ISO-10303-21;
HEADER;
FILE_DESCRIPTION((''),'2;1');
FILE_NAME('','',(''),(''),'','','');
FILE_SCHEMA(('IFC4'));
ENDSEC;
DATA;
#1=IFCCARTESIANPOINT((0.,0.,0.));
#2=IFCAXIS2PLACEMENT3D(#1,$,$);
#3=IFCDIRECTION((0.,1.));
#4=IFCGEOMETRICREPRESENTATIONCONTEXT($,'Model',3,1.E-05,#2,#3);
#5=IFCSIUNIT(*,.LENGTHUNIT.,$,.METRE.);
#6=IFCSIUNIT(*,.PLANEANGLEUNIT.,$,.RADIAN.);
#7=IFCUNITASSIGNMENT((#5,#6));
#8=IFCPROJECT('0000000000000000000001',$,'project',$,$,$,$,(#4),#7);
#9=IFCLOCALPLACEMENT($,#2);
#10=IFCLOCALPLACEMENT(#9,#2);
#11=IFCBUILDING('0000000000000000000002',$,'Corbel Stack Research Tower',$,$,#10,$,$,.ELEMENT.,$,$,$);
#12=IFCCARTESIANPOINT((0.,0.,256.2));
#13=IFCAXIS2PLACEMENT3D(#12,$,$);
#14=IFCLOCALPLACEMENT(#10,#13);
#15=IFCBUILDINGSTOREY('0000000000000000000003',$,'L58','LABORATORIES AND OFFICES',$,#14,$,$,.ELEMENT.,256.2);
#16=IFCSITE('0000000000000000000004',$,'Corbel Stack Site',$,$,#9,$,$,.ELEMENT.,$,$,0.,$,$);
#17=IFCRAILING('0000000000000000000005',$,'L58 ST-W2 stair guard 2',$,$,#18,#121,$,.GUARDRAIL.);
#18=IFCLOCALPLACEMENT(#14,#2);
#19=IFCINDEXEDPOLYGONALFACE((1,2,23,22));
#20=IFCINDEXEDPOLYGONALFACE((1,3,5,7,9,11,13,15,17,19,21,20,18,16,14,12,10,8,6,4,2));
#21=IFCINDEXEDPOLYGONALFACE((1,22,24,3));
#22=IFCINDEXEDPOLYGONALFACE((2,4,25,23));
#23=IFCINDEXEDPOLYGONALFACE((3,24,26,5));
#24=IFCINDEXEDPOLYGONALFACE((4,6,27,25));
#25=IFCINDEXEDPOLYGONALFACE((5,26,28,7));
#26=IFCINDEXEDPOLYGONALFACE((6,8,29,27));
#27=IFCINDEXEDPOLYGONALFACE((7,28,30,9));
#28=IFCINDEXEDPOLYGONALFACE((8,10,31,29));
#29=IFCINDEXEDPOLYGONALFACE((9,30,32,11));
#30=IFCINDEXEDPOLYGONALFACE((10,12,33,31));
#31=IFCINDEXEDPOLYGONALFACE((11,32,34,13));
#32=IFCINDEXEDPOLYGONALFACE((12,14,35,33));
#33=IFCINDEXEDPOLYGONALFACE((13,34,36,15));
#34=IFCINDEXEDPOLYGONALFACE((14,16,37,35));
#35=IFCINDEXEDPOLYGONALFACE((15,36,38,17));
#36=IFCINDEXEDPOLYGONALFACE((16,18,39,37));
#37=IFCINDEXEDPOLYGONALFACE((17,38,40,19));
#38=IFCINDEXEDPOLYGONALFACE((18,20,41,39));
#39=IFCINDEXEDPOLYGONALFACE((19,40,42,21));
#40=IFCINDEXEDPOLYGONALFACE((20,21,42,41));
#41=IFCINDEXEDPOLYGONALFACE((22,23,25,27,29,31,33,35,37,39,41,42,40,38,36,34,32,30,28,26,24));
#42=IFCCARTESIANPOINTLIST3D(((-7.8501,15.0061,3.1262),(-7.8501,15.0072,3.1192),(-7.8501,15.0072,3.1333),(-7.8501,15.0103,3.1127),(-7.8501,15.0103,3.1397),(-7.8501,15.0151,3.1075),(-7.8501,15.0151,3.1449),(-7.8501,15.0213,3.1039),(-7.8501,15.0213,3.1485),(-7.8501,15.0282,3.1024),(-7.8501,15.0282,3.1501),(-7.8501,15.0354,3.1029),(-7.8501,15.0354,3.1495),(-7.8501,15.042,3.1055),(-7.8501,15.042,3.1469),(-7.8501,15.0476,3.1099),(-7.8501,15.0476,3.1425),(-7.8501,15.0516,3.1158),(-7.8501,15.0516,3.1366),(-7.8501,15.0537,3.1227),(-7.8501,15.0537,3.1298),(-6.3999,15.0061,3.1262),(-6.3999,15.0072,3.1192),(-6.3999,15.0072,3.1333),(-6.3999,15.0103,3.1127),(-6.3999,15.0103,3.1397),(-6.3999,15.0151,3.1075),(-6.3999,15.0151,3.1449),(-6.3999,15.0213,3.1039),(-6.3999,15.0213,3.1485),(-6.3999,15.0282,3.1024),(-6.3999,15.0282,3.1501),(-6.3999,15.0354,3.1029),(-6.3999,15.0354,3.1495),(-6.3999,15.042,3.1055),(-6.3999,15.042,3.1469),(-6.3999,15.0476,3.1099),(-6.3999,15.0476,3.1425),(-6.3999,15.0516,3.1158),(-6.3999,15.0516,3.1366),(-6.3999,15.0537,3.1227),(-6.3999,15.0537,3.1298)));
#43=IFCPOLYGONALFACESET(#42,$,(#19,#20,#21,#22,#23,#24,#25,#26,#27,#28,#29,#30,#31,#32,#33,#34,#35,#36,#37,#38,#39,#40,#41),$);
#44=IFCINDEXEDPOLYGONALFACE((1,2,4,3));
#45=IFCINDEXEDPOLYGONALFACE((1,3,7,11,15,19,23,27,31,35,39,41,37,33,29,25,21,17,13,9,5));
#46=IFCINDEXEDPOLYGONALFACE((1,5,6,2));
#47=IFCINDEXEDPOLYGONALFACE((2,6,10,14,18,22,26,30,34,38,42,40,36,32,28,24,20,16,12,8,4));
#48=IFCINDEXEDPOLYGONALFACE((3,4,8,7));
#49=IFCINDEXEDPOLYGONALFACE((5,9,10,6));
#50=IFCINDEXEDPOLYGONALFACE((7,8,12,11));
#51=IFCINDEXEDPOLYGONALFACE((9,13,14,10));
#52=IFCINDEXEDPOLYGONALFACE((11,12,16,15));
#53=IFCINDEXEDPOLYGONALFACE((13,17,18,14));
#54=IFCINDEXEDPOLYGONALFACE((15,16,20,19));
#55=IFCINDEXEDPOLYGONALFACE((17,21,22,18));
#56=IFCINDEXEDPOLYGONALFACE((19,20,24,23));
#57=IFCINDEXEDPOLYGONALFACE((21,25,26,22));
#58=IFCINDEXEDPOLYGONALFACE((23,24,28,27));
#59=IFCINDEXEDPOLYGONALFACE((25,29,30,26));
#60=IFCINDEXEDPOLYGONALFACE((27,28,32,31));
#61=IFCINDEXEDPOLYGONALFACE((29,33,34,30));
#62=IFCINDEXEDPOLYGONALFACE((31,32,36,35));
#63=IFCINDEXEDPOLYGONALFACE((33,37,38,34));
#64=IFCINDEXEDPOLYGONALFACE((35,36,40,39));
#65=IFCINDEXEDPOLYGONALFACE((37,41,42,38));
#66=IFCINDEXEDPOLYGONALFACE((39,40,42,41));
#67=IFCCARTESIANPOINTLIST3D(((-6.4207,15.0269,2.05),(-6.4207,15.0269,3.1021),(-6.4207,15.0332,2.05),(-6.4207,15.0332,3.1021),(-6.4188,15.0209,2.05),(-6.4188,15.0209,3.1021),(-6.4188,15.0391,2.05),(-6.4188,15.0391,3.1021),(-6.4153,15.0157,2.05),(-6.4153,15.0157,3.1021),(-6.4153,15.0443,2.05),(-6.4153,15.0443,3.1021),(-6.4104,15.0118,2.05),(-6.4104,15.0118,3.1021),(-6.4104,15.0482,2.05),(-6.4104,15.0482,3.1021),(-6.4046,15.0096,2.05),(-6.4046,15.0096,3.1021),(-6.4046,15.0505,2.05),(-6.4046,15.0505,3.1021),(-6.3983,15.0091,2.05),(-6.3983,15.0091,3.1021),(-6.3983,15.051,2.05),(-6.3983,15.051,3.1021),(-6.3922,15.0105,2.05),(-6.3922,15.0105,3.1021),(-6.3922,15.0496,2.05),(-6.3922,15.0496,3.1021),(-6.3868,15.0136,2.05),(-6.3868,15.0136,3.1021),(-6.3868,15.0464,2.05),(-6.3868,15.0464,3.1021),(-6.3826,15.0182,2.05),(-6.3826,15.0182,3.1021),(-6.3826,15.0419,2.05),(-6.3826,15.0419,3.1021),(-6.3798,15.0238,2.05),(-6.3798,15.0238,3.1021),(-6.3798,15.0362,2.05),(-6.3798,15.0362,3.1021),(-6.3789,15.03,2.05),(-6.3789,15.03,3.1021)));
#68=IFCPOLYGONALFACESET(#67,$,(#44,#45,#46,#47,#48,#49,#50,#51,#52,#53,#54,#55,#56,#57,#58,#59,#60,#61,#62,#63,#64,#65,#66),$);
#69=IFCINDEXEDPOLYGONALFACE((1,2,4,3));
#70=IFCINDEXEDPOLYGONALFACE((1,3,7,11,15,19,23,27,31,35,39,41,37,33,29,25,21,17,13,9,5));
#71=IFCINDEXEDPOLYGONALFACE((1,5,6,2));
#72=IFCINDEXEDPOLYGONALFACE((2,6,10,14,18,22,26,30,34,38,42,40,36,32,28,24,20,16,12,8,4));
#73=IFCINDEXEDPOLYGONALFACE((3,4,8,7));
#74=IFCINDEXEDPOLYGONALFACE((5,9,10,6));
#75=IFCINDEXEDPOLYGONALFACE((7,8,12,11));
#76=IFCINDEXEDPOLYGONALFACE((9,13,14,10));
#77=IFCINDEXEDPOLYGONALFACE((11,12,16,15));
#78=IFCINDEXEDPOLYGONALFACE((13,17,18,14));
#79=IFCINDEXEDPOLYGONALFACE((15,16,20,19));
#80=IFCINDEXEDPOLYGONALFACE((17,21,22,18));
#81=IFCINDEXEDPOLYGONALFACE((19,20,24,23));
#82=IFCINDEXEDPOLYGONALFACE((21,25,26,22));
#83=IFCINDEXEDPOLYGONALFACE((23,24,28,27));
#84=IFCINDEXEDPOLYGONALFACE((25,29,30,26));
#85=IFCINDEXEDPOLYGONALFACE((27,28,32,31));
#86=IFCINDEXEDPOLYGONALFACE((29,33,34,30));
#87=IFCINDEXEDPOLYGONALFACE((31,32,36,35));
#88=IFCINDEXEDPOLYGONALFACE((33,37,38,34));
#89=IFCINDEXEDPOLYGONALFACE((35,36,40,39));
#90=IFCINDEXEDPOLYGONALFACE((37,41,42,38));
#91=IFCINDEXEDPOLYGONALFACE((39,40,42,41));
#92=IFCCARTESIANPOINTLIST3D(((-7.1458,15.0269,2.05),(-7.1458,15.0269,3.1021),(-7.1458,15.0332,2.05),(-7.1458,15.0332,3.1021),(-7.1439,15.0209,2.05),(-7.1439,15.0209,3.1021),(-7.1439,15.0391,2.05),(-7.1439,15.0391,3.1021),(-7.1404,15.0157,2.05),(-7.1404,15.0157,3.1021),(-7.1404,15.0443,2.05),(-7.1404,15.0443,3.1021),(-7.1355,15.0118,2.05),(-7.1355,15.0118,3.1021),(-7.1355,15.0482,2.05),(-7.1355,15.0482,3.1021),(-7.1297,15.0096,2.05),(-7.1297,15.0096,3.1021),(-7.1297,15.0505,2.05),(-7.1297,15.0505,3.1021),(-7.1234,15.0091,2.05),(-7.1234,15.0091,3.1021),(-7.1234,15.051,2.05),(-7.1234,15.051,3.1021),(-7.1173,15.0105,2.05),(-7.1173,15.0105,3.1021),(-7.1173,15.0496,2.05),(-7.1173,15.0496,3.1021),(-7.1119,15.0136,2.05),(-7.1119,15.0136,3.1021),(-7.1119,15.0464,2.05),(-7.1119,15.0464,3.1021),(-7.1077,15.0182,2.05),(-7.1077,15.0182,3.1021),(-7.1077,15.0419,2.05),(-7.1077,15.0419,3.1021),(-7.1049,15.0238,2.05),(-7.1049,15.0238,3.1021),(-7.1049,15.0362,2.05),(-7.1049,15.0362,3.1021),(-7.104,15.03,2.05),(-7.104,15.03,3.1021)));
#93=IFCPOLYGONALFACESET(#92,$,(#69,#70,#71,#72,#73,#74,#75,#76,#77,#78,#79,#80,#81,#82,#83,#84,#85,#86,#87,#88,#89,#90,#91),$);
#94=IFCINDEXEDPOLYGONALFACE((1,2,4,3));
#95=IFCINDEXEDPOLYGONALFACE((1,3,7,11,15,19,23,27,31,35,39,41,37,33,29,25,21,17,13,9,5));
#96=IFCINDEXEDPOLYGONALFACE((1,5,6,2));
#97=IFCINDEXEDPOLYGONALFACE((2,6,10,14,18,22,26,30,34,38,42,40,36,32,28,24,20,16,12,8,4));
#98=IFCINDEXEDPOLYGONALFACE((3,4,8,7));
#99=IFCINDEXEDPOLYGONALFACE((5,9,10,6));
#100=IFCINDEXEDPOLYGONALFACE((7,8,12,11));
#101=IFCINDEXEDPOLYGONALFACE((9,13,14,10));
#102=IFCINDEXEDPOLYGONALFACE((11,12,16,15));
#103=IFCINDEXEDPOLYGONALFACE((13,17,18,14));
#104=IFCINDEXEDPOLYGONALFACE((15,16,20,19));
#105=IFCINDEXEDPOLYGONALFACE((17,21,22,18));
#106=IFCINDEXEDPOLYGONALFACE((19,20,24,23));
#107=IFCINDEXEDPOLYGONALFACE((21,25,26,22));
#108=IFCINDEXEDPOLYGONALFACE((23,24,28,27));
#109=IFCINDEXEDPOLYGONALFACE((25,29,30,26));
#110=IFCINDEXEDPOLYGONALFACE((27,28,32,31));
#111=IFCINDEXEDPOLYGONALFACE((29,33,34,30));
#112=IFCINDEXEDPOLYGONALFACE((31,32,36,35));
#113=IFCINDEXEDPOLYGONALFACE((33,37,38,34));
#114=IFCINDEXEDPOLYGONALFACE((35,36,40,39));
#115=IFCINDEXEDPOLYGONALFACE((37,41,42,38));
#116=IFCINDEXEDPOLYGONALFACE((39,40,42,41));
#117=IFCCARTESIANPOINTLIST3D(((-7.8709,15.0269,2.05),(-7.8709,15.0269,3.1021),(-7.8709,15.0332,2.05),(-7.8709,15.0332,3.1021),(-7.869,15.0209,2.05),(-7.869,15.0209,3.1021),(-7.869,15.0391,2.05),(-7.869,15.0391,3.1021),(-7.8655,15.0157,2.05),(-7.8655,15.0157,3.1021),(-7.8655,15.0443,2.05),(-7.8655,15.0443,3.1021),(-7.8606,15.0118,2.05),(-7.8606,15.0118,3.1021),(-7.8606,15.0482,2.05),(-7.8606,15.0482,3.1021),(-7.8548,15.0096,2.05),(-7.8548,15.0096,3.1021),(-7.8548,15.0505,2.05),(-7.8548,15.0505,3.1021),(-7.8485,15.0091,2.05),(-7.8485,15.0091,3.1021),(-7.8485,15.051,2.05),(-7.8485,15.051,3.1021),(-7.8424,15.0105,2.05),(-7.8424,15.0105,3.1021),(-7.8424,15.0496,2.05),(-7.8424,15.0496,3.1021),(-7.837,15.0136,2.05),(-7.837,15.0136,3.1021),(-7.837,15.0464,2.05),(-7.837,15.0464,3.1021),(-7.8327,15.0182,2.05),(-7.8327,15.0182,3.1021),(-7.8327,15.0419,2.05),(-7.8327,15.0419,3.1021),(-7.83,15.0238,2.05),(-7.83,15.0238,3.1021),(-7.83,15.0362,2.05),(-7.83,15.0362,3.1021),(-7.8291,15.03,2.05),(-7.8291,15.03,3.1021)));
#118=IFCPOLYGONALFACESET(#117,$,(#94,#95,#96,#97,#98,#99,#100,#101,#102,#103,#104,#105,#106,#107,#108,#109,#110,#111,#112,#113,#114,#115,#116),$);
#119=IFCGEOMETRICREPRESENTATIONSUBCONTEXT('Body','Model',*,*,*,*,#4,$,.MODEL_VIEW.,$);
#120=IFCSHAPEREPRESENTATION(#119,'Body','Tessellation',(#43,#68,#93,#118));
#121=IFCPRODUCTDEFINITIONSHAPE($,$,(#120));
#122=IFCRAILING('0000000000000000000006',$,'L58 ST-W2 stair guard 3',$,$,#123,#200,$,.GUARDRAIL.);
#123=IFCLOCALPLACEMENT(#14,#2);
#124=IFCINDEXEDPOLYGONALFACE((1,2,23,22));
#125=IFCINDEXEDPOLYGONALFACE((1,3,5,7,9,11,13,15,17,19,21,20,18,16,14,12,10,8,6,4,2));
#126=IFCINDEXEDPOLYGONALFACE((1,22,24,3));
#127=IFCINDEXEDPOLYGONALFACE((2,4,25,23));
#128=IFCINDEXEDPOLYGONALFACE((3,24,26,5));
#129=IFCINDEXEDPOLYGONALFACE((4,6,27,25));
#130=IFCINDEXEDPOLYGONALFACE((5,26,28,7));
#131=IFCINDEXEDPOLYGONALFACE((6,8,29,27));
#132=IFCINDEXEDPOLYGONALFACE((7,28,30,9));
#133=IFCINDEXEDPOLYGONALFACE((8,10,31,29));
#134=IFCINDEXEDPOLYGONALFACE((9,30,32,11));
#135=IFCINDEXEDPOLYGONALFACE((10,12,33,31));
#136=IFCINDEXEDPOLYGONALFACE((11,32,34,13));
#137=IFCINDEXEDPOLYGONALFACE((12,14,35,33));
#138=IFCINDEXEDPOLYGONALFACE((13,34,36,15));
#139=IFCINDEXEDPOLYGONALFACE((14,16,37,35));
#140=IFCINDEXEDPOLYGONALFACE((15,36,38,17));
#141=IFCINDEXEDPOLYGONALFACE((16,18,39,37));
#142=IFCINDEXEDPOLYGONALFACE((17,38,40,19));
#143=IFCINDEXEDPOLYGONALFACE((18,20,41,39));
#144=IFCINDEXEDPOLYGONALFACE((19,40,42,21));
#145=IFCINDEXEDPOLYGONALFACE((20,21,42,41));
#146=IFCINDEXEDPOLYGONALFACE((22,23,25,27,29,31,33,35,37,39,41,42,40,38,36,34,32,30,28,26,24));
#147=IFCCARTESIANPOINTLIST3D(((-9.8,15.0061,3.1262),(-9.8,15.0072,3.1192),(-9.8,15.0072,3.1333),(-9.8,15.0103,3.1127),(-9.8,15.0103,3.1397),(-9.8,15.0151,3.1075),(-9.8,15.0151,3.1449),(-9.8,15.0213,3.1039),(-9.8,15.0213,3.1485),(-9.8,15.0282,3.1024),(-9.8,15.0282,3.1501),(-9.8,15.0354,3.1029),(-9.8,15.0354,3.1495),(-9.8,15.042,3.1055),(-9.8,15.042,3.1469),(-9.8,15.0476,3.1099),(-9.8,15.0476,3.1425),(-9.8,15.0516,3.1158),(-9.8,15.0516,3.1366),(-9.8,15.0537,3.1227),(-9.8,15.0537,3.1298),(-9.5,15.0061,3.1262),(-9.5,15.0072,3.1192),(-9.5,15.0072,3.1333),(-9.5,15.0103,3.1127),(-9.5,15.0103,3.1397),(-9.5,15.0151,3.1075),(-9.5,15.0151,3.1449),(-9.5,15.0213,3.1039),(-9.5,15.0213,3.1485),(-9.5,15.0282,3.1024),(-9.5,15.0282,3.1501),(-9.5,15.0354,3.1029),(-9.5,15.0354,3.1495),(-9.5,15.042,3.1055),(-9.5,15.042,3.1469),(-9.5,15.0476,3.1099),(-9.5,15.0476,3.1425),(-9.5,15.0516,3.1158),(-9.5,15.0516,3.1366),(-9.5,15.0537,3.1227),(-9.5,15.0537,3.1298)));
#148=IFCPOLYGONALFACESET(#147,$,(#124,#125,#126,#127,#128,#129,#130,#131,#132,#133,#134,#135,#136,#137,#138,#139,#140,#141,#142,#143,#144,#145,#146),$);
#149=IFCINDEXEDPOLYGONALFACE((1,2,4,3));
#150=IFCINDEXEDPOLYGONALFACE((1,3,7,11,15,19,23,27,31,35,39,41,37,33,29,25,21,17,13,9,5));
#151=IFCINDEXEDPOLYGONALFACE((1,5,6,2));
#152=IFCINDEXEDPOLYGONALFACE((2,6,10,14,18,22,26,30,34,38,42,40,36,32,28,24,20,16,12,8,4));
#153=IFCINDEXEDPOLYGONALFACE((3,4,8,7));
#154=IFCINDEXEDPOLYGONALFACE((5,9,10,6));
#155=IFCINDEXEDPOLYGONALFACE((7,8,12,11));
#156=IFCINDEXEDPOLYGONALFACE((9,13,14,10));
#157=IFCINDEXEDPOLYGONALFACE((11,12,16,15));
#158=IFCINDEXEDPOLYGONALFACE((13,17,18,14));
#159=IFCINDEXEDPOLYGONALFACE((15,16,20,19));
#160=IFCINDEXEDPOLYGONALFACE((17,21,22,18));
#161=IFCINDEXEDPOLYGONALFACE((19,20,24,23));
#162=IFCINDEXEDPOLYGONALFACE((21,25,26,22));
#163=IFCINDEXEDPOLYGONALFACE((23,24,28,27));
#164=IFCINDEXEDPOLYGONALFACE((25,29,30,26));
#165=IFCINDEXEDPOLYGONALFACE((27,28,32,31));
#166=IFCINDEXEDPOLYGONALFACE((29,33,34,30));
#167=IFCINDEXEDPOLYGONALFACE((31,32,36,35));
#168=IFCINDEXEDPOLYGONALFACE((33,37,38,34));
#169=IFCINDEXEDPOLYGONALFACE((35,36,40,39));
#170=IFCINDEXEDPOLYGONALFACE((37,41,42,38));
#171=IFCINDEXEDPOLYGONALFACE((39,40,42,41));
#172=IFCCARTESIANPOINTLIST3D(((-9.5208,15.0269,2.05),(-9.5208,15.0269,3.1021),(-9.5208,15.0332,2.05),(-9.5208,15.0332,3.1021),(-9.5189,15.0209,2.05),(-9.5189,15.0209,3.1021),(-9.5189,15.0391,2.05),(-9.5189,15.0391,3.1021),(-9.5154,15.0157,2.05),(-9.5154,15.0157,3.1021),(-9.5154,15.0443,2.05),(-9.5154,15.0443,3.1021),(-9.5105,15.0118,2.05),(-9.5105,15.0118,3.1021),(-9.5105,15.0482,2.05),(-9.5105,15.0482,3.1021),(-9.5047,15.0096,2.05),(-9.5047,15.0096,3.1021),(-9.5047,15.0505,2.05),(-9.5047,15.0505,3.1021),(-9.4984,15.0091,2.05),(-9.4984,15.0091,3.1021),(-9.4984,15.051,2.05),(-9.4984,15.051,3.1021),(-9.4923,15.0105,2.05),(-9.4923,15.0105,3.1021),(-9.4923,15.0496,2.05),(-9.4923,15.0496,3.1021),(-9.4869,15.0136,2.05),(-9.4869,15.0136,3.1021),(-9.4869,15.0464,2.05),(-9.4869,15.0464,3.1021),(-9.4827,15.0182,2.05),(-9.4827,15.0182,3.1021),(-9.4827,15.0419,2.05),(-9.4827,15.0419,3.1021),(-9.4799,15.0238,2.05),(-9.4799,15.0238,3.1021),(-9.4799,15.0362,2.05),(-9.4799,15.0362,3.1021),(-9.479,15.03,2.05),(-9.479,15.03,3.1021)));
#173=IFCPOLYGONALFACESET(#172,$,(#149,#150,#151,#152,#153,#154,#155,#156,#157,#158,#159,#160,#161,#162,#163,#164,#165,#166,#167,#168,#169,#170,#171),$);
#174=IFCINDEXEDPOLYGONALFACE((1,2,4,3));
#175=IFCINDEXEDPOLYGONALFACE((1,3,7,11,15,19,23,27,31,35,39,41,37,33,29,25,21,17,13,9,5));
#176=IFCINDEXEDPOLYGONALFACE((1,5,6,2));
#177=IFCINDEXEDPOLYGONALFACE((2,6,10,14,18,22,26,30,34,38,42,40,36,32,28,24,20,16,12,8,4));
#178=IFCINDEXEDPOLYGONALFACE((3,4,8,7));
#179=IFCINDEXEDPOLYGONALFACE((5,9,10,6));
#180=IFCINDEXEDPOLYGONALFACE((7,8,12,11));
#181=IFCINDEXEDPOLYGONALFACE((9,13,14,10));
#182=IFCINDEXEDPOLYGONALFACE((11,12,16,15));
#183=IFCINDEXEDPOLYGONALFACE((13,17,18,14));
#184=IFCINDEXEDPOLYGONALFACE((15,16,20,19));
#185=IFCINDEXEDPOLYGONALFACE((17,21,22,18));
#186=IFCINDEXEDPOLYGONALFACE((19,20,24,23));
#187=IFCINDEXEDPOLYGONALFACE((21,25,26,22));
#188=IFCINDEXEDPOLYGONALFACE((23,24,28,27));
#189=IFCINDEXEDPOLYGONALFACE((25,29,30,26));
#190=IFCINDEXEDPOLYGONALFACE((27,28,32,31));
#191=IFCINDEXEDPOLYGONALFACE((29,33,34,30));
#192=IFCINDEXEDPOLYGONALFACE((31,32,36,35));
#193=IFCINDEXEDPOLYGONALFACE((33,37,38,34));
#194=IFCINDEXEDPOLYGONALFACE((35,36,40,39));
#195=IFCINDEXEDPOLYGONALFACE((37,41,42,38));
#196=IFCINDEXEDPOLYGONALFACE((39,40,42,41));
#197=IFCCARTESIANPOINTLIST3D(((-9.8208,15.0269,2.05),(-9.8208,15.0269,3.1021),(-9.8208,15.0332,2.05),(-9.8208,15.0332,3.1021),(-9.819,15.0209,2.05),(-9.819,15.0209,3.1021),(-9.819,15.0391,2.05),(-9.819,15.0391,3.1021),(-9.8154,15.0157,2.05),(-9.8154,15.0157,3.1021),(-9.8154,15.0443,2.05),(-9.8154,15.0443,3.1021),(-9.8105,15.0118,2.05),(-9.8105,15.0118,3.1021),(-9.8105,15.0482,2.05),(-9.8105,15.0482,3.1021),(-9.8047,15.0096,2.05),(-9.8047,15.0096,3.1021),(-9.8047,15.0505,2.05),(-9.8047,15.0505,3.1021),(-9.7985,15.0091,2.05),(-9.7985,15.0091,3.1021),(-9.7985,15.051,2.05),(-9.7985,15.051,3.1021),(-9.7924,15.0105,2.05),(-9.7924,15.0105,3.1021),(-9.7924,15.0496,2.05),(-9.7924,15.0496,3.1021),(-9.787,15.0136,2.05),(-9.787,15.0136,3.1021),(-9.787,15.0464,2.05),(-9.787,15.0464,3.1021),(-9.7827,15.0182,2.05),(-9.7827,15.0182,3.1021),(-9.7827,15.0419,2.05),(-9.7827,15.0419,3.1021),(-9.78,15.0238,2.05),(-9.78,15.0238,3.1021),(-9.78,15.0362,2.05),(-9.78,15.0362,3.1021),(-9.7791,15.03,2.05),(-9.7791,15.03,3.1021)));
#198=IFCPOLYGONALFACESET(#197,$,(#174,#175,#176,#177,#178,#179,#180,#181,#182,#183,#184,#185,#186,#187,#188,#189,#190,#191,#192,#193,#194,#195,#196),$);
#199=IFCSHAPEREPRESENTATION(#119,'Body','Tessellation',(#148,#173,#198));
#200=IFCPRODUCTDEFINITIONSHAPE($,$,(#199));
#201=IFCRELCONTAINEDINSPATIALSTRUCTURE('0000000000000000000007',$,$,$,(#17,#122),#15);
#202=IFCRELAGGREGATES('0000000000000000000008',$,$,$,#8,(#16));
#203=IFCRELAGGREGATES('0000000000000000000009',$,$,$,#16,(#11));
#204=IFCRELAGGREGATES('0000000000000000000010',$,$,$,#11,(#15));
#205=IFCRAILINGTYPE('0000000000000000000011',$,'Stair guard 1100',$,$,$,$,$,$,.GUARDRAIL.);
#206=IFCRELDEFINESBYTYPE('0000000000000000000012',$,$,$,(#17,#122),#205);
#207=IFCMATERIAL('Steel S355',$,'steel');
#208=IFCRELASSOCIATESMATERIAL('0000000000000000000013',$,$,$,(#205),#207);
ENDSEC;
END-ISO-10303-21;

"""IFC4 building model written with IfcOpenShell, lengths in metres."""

from ifc_helpers import new_model, si_unit, direction, frame, origin, origin_2d, place, context, subcontext, project, spatial, circle, extrude, material, type_object, element, save


model = new_model("IFC4")

# Units and contexts
model_context = context("Model", 3, precision=1e-05, world=origin(), true_north=direction((0.0, 1.0)))
body_context = subcontext(model_context, "Body", "Model", "MODEL_VIEW")
ifc_project = project(units=[si_unit("LENGTHUNIT", "METRE"), si_unit("PLANEANGLEUNIT", "RADIAN")], contexts=[model_context])

# Site, building, storey
site_placement = place(None, origin())
site = spatial("IfcSite", under=ifc_project, at=site_placement, Name="Corbel Stack Site", CompositionType="ELEMENT", RefElevation=0.0)
building_placement = place(site_placement, origin())
building = spatial("IfcBuilding", under=site, at=building_placement, Name="Corbel Stack Research Tower", CompositionType="ELEMENT")
storey_placement = place(building_placement, frame((0.0, 0.0, 256.2)))
storey = spatial("IfcBuildingStorey", under=building, at=storey_placement, Name="L58", Description="LABORATORIES AND OFFICES", CompositionType="ELEMENT", Elevation=256.2)

# Railings
ifc_material_1 = material(Name="Steel S355", Category="steel")
railing_type_1 = type_object("IfcRailingType", Name="Stair guard 1100", PredefinedType="GUARDRAIL", material=ifc_material_1)
railing_1_placement = place(storey_placement, frame((-6.3999, 15.03, 2.05)))
element("IfcRailing", 1, at=railing_1_placement, inside=storey, type_object=railing_type_1, Name="L58 ST-W2 stair guard 2", PredefinedType="GUARDRAIL", context=body_context, shape_type="SweptSolid", body=[
    extrude(circle(Radius=0.0239, at=origin_2d()), frame((0.0, 0.0, 1.0762), z_axis=(-1.0, 0.0, 0.0), x_axis=(0.0, -1.0, 0.0)), (0.0, 0.0, 1.0), 1.4502),
    extrude(circle(Radius=0.021, at=origin_2d()), origin(), (0.0, 0.0, 1.0), 1.052),
    extrude(circle(Radius=0.021, at=origin_2d()), frame((-0.7251, 0.0, 0.0)), (0.0, 0.0, 1.0), 1.052),
    extrude(circle(Radius=0.021, at=origin_2d()), frame((-1.4502, 0.0, 0.0)), (0.0, 0.0, 1.0), 1.052),
])
railing_2_placement = place(storey_placement, frame((-9.5, 15.03, 2.05)))
element("IfcRailing", 2, at=railing_2_placement, inside=storey, type_object=railing_type_1, Name="L58 ST-W2 stair guard 3", PredefinedType="GUARDRAIL", context=body_context, shape_type="SweptSolid", body=[
    extrude(circle(Radius=0.0239, at=origin_2d()), frame((0.0, 0.0, 1.0762), z_axis=(-1.0, 0.0, 0.0), x_axis=(0.0, -1.0, 0.0)), (0.0, 0.0, 1.0), 0.3),
    extrude(circle(Radius=0.021, at=origin_2d()), origin(), (0.0, 0.0, 1.0), 1.052),
    extrude(circle(Radius=0.021, at=origin_2d()), frame((-0.3, 0.0, 0.0)), (0.0, 0.0, 1.0), 1.052),
])

save(model, "model.ifc")
